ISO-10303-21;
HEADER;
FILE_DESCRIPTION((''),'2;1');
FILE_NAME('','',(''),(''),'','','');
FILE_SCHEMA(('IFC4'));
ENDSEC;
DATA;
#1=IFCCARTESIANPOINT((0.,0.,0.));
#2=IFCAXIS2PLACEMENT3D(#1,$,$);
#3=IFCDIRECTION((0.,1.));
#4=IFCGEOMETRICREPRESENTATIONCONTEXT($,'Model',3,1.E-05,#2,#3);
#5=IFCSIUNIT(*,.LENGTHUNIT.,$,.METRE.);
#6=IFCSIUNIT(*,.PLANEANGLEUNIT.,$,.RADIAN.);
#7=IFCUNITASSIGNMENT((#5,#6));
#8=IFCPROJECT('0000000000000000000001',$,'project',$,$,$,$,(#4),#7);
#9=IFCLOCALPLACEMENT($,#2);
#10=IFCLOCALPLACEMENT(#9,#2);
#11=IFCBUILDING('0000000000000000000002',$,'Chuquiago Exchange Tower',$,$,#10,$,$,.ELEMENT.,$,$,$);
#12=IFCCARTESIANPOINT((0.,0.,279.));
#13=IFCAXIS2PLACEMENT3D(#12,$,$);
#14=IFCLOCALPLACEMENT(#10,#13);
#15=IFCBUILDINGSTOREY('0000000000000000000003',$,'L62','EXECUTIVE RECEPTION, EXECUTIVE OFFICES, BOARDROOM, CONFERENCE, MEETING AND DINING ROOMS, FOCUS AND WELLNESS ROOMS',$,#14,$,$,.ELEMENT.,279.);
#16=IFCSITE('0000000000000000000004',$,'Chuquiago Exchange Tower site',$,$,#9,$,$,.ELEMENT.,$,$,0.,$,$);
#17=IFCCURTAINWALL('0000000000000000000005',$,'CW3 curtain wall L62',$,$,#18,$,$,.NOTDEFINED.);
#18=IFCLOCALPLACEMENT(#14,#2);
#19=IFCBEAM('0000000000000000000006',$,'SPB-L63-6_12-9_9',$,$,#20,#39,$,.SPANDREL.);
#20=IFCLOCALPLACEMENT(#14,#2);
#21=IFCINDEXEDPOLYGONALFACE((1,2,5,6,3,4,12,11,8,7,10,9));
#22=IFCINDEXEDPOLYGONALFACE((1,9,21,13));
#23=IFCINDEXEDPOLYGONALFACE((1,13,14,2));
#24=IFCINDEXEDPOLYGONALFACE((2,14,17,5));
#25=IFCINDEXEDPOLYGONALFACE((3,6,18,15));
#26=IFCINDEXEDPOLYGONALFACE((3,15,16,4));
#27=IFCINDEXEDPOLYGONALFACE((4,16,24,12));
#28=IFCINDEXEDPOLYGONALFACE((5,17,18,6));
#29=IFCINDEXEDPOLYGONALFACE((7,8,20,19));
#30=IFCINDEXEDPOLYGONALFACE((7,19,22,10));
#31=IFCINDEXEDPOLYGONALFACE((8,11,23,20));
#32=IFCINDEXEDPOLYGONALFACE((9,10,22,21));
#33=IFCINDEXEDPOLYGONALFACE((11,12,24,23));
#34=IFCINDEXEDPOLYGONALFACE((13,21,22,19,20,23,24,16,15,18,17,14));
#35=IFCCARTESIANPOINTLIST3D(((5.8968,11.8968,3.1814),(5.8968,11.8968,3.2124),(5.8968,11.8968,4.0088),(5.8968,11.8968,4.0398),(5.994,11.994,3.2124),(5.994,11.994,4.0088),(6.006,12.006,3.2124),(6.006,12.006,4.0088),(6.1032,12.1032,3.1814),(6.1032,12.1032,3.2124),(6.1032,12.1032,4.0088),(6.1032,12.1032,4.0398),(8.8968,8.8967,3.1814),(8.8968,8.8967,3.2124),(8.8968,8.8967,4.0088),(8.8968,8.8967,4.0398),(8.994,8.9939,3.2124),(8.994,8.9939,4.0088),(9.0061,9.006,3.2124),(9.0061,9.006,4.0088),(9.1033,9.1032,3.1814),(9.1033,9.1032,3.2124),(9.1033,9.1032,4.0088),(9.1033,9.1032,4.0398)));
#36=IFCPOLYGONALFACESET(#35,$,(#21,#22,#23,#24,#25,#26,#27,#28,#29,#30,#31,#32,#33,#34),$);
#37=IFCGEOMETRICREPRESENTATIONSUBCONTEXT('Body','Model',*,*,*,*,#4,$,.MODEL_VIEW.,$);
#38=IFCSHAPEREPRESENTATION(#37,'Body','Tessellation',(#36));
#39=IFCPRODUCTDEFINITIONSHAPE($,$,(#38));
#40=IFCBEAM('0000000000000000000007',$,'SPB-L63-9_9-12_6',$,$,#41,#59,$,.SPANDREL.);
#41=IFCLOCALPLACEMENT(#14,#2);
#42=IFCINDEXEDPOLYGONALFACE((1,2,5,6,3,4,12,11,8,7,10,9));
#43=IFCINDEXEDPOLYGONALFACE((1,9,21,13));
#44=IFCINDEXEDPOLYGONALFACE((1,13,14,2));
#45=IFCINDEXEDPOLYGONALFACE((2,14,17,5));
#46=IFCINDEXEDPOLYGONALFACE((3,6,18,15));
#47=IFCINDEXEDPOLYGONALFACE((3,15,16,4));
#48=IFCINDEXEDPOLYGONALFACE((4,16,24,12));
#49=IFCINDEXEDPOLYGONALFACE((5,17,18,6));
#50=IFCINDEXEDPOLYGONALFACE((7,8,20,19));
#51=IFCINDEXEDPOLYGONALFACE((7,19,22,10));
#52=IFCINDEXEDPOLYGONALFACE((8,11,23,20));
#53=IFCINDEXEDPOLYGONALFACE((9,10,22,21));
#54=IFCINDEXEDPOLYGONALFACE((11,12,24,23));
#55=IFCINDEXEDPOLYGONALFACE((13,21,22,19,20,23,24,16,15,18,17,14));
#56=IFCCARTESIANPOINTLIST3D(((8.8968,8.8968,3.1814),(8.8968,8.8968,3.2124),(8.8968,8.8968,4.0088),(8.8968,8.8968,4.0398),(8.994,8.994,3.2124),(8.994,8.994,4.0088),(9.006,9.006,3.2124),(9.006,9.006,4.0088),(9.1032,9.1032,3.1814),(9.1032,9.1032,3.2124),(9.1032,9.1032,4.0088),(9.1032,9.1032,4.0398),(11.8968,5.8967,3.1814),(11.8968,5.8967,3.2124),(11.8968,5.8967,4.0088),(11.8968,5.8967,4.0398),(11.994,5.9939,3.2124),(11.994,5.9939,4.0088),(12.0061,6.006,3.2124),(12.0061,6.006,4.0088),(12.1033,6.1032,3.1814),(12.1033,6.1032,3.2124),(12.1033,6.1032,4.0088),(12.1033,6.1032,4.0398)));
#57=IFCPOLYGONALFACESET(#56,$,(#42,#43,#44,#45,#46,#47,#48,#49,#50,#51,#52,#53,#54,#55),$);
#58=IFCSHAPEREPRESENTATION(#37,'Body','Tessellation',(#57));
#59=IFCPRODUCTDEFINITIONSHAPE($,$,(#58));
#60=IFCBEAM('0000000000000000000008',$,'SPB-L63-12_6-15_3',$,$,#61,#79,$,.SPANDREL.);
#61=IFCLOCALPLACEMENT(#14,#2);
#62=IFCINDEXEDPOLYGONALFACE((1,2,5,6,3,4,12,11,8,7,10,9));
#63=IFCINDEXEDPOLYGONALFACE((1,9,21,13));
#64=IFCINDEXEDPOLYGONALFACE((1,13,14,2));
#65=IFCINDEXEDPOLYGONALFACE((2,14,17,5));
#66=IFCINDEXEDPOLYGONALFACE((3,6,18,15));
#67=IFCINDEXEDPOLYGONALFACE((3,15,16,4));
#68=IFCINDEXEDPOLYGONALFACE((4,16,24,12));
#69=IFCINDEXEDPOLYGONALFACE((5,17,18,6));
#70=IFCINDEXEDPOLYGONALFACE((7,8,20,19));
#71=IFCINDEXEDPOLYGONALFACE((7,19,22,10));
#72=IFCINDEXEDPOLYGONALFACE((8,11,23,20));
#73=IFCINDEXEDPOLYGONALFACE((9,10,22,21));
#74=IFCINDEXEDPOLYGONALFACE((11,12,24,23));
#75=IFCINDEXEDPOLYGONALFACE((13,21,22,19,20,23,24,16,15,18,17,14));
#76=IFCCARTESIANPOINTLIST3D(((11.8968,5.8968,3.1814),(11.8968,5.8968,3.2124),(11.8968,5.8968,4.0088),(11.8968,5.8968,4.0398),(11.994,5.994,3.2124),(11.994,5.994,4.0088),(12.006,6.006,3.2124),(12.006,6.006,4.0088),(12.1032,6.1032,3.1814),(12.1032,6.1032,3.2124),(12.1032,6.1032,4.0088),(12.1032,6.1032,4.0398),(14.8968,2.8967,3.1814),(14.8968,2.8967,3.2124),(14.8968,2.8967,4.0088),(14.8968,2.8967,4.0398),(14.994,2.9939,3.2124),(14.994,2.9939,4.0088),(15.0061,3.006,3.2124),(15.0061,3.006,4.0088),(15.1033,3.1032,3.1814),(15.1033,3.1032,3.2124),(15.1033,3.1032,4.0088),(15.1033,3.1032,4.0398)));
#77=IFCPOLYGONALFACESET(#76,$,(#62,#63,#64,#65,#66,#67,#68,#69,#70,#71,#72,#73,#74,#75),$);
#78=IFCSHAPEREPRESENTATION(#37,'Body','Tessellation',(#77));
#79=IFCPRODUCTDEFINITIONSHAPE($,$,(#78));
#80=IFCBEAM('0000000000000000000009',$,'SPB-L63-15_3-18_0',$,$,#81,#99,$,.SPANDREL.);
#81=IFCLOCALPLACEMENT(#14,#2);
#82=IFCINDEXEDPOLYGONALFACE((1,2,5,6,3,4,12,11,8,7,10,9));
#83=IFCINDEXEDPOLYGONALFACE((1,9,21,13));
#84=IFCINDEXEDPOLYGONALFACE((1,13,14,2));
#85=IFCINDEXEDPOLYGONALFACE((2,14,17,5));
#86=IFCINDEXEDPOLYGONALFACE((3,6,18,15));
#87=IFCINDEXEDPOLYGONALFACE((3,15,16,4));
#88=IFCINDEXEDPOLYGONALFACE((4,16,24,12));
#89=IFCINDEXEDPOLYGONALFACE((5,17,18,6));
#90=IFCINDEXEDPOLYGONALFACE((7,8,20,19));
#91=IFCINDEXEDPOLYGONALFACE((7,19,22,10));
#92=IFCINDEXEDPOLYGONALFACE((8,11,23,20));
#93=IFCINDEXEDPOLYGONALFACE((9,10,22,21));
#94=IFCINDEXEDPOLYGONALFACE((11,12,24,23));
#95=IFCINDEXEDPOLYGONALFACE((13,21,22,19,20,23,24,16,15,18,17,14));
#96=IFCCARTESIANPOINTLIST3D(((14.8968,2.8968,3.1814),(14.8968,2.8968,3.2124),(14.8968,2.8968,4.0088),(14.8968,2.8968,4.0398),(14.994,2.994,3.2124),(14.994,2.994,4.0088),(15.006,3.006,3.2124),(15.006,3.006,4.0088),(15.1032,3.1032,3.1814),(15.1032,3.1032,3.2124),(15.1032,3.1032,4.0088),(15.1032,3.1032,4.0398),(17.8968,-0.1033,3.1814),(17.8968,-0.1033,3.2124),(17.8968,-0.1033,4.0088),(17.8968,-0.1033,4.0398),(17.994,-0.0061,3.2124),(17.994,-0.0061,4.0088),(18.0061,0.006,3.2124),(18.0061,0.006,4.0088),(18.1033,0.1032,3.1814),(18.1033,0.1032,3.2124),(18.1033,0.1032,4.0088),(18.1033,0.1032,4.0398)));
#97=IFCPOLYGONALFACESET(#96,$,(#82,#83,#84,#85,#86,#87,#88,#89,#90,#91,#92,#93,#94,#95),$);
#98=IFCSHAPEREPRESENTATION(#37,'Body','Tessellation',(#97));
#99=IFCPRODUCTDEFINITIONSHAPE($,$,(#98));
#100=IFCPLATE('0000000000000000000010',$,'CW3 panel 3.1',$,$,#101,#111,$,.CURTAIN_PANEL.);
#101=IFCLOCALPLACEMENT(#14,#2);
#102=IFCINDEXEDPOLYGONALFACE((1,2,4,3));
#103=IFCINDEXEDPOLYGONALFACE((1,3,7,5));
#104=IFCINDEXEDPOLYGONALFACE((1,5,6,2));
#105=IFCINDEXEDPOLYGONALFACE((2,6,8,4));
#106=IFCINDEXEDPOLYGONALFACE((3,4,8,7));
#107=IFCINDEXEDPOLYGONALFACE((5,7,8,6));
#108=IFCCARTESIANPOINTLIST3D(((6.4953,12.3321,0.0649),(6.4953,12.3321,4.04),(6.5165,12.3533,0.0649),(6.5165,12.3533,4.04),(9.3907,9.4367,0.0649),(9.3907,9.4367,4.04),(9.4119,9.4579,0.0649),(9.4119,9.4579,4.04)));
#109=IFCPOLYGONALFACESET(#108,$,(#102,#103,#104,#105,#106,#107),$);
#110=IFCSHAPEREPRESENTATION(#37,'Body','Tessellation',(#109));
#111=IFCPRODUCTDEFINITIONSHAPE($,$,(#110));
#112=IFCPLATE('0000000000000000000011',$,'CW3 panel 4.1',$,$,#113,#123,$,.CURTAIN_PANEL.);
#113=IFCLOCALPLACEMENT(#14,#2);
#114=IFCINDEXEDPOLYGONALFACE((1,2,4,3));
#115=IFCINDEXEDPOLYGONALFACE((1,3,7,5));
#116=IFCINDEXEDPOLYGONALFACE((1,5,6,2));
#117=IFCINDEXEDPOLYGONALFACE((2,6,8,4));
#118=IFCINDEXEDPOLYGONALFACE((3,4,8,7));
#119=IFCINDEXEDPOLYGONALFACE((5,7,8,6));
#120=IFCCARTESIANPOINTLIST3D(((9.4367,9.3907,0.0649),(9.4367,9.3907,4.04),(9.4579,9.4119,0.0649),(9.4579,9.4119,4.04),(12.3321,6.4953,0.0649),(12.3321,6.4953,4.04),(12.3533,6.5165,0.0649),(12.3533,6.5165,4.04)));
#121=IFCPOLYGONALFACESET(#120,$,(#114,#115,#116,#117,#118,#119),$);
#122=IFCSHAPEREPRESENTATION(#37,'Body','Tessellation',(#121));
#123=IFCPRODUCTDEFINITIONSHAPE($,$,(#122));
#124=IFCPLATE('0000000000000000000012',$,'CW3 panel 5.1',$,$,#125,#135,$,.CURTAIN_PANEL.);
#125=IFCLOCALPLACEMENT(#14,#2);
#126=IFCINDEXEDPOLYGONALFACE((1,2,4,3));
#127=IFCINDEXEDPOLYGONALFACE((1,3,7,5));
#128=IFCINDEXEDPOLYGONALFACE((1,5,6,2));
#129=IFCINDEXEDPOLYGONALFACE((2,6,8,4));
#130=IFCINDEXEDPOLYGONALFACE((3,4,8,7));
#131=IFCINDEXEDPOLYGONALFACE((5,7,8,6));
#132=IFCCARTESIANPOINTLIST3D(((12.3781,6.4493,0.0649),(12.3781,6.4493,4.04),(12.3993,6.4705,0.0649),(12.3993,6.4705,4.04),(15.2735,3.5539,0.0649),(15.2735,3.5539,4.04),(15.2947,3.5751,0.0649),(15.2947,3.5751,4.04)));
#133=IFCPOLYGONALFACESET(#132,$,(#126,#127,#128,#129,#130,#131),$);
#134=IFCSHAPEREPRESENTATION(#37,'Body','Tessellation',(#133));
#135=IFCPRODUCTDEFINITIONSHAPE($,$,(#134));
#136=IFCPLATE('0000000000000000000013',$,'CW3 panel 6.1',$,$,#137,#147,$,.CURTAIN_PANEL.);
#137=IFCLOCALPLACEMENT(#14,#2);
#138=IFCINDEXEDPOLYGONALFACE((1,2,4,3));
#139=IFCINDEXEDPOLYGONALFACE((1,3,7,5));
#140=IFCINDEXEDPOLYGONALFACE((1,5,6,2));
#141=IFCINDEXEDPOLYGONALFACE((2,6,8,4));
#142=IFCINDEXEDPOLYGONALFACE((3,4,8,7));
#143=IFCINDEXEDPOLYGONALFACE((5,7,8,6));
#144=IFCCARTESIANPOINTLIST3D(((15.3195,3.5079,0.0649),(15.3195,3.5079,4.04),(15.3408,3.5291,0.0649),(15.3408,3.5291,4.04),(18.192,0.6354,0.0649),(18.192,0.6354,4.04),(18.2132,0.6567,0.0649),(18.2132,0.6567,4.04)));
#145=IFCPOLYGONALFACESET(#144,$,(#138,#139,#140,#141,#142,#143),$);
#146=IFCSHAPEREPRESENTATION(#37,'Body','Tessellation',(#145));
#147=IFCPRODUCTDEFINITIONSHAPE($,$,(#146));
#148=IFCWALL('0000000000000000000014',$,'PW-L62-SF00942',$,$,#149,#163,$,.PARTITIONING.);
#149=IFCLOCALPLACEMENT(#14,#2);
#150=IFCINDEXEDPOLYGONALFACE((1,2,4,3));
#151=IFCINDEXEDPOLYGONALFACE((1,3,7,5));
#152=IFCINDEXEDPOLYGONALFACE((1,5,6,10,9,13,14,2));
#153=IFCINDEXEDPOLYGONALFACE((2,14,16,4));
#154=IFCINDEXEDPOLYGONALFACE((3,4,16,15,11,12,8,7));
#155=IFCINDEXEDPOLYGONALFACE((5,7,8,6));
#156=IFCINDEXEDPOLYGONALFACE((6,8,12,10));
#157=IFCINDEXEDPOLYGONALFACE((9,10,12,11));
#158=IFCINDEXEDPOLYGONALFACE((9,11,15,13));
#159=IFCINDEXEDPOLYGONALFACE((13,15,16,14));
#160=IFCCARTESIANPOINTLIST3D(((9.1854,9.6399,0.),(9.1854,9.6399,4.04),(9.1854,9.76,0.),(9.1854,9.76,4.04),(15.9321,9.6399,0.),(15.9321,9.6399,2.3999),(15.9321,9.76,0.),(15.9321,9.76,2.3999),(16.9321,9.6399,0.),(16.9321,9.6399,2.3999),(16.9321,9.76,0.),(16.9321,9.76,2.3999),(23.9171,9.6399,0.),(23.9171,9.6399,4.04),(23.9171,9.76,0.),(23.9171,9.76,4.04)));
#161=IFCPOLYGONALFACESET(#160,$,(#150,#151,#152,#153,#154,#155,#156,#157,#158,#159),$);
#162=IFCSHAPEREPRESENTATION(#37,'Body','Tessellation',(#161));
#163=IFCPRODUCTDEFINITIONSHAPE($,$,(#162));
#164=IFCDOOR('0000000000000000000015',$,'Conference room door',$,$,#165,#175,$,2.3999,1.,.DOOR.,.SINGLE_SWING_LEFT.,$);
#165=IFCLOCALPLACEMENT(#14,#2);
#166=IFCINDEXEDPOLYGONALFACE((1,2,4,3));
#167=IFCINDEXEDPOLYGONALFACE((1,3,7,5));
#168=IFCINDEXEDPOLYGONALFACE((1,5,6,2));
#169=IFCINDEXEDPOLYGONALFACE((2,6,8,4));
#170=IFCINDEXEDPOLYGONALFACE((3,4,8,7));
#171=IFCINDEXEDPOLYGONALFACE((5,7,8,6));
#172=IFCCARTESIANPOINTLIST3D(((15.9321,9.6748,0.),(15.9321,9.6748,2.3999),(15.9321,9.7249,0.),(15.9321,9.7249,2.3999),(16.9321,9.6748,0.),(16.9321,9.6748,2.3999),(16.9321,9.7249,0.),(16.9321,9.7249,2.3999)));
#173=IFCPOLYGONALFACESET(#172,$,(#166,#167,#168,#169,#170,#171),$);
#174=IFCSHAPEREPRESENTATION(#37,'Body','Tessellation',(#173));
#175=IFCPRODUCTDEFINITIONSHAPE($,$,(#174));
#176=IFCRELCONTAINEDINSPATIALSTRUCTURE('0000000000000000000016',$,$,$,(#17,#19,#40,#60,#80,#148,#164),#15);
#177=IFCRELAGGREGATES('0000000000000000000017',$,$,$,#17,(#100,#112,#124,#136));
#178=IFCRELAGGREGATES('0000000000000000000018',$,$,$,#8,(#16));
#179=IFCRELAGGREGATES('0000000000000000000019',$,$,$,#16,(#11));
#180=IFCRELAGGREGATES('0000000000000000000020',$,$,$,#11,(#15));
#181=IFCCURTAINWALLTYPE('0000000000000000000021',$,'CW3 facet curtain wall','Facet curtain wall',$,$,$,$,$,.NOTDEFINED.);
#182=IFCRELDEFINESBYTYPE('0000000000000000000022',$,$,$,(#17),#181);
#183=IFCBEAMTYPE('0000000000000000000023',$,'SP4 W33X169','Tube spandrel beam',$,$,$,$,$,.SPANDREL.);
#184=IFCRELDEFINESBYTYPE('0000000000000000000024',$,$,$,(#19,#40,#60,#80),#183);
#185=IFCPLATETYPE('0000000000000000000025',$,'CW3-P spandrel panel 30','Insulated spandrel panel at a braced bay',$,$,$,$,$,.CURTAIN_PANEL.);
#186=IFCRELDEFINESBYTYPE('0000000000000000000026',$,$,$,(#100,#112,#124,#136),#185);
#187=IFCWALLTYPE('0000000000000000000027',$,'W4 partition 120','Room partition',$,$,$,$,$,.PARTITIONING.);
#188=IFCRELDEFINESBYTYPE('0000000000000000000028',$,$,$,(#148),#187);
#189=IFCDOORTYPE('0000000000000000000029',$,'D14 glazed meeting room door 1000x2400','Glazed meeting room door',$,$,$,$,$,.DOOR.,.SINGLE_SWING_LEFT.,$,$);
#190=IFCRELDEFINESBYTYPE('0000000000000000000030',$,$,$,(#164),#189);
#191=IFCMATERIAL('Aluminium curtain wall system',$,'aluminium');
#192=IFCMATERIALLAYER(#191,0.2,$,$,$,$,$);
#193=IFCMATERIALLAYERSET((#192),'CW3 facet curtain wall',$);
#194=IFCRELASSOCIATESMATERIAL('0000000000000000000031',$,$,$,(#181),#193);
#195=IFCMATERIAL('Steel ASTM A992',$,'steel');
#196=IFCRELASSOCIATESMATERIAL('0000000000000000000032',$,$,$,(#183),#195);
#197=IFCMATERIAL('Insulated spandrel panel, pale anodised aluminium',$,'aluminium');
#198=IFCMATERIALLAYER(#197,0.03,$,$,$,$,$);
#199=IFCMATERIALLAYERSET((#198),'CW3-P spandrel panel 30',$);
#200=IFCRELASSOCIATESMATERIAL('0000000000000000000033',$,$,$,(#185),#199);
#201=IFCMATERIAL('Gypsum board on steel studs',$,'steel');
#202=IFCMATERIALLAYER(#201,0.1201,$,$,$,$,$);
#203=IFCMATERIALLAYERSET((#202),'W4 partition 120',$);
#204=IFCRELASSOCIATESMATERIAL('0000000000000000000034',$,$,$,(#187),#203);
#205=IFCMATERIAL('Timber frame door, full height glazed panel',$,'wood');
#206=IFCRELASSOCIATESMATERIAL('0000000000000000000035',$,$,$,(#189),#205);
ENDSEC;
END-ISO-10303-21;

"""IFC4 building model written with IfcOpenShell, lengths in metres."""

from ifc_helpers import new_model, si_unit, direction, frame, frame_2d, origin, origin_2d, place, context, subcontext, project, spatial, rectangle, i_section, extrude, material, layer, layer_set, material_profile, profile_set, type_object, element, fill, aggregate, save


model = new_model("IFC4")

# Units and contexts
model_context = context("Model", 3, precision=1e-05, world=origin(), true_north=direction((0.0, 1.0)))
body_context = subcontext(model_context, "Body", "Model", "MODEL_VIEW")
ifc_project = project(units=[si_unit("LENGTHUNIT", "METRE"), si_unit("PLANEANGLEUNIT", "RADIAN")], contexts=[model_context])

# Site, building, storey
site_placement = place(None, origin())
site = spatial("IfcSite", under=ifc_project, at=site_placement, Name="Chuquiago Exchange Tower site", CompositionType="ELEMENT", RefElevation=0.0)
building_placement = place(site_placement, origin())
building = spatial("IfcBuilding", under=site, at=building_placement, Name="Chuquiago Exchange Tower", CompositionType="ELEMENT")
storey_placement = place(building_placement, frame((0.0, 0.0, 279.0)))
storey = spatial("IfcBuildingStorey", under=building, at=storey_placement, Name="L62", Description="EXECUTIVE RECEPTION, EXECUTIVE OFFICES, BOARDROOM, CONFERENCE, MEETING AND DINING ROOMS, FOCUS AND WELLNESS ROOMS", CompositionType="ELEMENT", Elevation=279.0)

# Curtain wall
ifc_material_1 = material(Name="Aluminium curtain wall system", Category="aluminium")
ifc_layer_1 = layer(ifc_material_1, 0.2)
ifc_layer_set_1 = layer_set([ifc_layer_1], Name="CW3 facet curtain wall")
curtain_wall_type_1 = type_object("IfcCurtainWallType", Name="CW3 facet curtain wall", Description="Facet curtain wall", PredefinedType="NOTDEFINED", material=ifc_layer_set_1)
curtain_wall_1_placement = place(storey_placement, origin())
curtain_wall_1 = element("IfcCurtainWall", 1, at=curtain_wall_1_placement, inside=storey, type_object=curtain_wall_type_1, Name="CW3 curtain wall L62", PredefinedType="NOTDEFINED")

# Beams
ifc_material_2 = material(Name="Steel ASTM A992", Category="steel")
ifc_material_profile_1 = material_profile(ifc_material_2, i_section(OverallWidth=0.292, OverallDepth=0.8584, WebThickness=0.0171, FlangeThickness=0.031, at=origin_2d()), Name="W33X169")
ifc_profile_set_1 = profile_set([ifc_material_profile_1], Name="Steel ASTM A992")
beam_type_1 = type_object("IfcBeamType", Name="SP4 W33X169", Description="Tube spandrel beam", PredefinedType="SPANDREL", material=ifc_profile_set_1)
for number, where, z_axis, x_axis, name in (
    (2, (6.0, 12.0, 3.6106), (0.707107, -0.707107, 0.0), (0.707107, 0.707107, 0.0), "SPB-L63-6_12-9_9"),
    (3, (9.0, 9.0, 3.6106), (0.707107, -0.707107, 0.0), (0.707107, 0.707107, 0.0), "SPB-L63-9_9-12_6"),
    (4, (12.0, 6.0, 3.6106), (0.707107, -0.707107, 0.0), (0.707107, 0.707107, 0.0), "SPB-L63-12_6-15_3"),
    (5, (15.0, 3.0, 3.6106), (0.707107, -0.707107, 0.0), (0.707107, 0.707107, 0.0), "SPB-L63-15_3-18_0"),
):
    element("IfcBeam", number, at=place(storey_placement, frame(where, z_axis=z_axis, x_axis=x_axis)), inside=storey, type_object=beam_type_1, Name=name, PredefinedType="SPANDREL", context=body_context, shape_type="SweptSolid", body=[
        extrude(i_section(OverallWidth=0.292, OverallDepth=0.8584, WebThickness=0.0171, FlangeThickness=0.031, at=origin_2d()), origin(), (0.0, 0.0, 1.0), 4.2427),
    ])

# Plates
ifc_material_3 = material(Name="Insulated spandrel panel, pale anodised aluminium", Category="aluminium")
ifc_layer_2 = layer(ifc_material_3, 0.03)
ifc_layer_set_2 = layer_set([ifc_layer_2], Name="CW3-P spandrel panel 30")
plate_type = type_object("IfcPlateType", Name="CW3-P spandrel panel 30", Description="Insulated spandrel panel at a braced bay", PredefinedType="CURTAIN_PANEL", material=ifc_layer_set_2)
plate_1_placement = place(storey_placement, frame((7.9536, 10.895, 0.0649), z_axis=(0.0, 0.0, 1.0), x_axis=(0.707107, -0.707107, 0.0)))
plate_1 = element("IfcPlate", 6, at=plate_1_placement, type_object=plate_type, Name="CW3 panel 3.1", PredefinedType="CURTAIN_PANEL", context=body_context, shape_type="SweptSolid", body=[
    extrude(rectangle(XDim=4.0947, YDim=0.03, at=origin_2d()), origin(), (0.0, 0.0, 1.0), 3.9751),
])
plate_2_placement = place(storey_placement, frame((10.895, 7.9536, 0.0649), z_axis=(0.0, 0.0, 1.0), x_axis=(0.707107, -0.707107, 0.0)))
plate_2 = element("IfcPlate", 7, at=plate_2_placement, type_object=plate_type, Name="CW3 panel 4.1", PredefinedType="CURTAIN_PANEL", context=body_context, shape_type="SweptSolid", body=[
    extrude(rectangle(XDim=4.0947, YDim=0.03, at=origin_2d()), origin(), (0.0, 0.0, 1.0), 3.9751),
])
plate_3_placement = place(storey_placement, frame((13.8364, 5.0122, 0.0649), z_axis=(0.0, 0.0, 1.0), x_axis=(0.707107, -0.707107, 0.0)))
plate_3 = element("IfcPlate", 8, at=plate_3_placement, type_object=plate_type, Name="CW3 panel 5.1", PredefinedType="CURTAIN_PANEL", context=body_context, shape_type="SweptSolid", body=[
    extrude(rectangle(XDim=4.0947, YDim=0.03, at=origin_2d()), origin(), (0.0, 0.0, 1.0), 3.9751),
])
plate_4_placement = place(storey_placement, frame((16.7664, 2.0823, 0.0649), z_axis=(0.0, 0.0, 1.0), x_axis=(0.707107, -0.707107, 0.0)))
plate_4 = element("IfcPlate", 9, at=plate_4_placement, type_object=plate_type, Name="CW3 panel 6.1", PredefinedType="CURTAIN_PANEL", context=body_context, shape_type="SweptSolid", body=[
    extrude(rectangle(XDim=4.0623, YDim=0.03, at=origin_2d()), origin(), (0.0, 0.0, 1.0), 3.9751),
])
aggregate(curtain_wall_1, [plate_1, plate_2, plate_3, plate_4])

# Wall, opening, door
ifc_material_4 = material(Name="Gypsum board on steel studs", Category="steel")
ifc_layer_3 = layer(ifc_material_4, 0.1201)
ifc_layer_set_3 = layer_set([ifc_layer_3], Name="W4 partition 120")
wall_type = type_object("IfcWallType", Name="W4 partition 120", Description="Room partition", PredefinedType="PARTITIONING", material=ifc_layer_set_3)
wall_placement = place(storey_placement, frame((9.1855, 9.7, 0.0), z_axis=(0.0, 0.0, 1.0), x_axis=(1.0, 0.0, 0.0)))
wall = element("IfcWall", 10, at=wall_placement, inside=storey, type_object=wall_type, Name="PW-L62-SF00942", PredefinedType="PARTITIONING", context=body_context, shape_type="SweptSolid", body=[
    extrude(rectangle(XDim=14.7317, YDim=0.1201, at=frame_2d((7.3657, 0.0))), origin(), (0.0, 0.0, 1.0), 4.04),
])
opening_placement = place(wall_placement, frame((6.7466, 0.0, 0.0)))
opening = element("IfcOpeningElement", 11, at=opening_placement, cuts=wall, PredefinedType="OPENING", context=body_context, shape_type="SweptSolid", body=[
    extrude(rectangle(XDim=1.0, YDim=2.3999, at=frame_2d((0.5, 1.2))), frame((0.0, 0.0701, 0.0), z_axis=(0.0, -1.0, 0.0), x_axis=(1.0, 0.0, 0.0)), (0.0, 0.0, 1.0), 0.1401),
])
ifc_material_5 = material(Name="Timber frame door, full height glazed panel", Category="wood")
door_type = type_object("IfcDoorType", Name="D14 glazed meeting room door 1000x2400", Description="Glazed meeting room door", OperationType="SINGLE_SWING_LEFT", PredefinedType="DOOR", material=ifc_material_5)
door_placement = place(opening_placement, origin())
door = element("IfcDoor", 12, at=door_placement, inside=storey, type_object=door_type, Name="Conference room door", OperationType="SINGLE_SWING_LEFT", OverallHeight=2.3999, OverallWidth=1.0, PredefinedType="DOOR", context=body_context, shape_type="SweptSolid", body=[
    extrude(rectangle(XDim=1.0, YDim=2.3999, at=frame_2d((0.5, 1.2))), frame((0.0, 0.0249, 0.0), z_axis=(0.0, -1.0, 0.0), x_axis=(1.0, 0.0, 0.0)), (0.0, 0.0, 1.0), 0.05),
])
fill(opening, door)

save(model, "model.ifc")
